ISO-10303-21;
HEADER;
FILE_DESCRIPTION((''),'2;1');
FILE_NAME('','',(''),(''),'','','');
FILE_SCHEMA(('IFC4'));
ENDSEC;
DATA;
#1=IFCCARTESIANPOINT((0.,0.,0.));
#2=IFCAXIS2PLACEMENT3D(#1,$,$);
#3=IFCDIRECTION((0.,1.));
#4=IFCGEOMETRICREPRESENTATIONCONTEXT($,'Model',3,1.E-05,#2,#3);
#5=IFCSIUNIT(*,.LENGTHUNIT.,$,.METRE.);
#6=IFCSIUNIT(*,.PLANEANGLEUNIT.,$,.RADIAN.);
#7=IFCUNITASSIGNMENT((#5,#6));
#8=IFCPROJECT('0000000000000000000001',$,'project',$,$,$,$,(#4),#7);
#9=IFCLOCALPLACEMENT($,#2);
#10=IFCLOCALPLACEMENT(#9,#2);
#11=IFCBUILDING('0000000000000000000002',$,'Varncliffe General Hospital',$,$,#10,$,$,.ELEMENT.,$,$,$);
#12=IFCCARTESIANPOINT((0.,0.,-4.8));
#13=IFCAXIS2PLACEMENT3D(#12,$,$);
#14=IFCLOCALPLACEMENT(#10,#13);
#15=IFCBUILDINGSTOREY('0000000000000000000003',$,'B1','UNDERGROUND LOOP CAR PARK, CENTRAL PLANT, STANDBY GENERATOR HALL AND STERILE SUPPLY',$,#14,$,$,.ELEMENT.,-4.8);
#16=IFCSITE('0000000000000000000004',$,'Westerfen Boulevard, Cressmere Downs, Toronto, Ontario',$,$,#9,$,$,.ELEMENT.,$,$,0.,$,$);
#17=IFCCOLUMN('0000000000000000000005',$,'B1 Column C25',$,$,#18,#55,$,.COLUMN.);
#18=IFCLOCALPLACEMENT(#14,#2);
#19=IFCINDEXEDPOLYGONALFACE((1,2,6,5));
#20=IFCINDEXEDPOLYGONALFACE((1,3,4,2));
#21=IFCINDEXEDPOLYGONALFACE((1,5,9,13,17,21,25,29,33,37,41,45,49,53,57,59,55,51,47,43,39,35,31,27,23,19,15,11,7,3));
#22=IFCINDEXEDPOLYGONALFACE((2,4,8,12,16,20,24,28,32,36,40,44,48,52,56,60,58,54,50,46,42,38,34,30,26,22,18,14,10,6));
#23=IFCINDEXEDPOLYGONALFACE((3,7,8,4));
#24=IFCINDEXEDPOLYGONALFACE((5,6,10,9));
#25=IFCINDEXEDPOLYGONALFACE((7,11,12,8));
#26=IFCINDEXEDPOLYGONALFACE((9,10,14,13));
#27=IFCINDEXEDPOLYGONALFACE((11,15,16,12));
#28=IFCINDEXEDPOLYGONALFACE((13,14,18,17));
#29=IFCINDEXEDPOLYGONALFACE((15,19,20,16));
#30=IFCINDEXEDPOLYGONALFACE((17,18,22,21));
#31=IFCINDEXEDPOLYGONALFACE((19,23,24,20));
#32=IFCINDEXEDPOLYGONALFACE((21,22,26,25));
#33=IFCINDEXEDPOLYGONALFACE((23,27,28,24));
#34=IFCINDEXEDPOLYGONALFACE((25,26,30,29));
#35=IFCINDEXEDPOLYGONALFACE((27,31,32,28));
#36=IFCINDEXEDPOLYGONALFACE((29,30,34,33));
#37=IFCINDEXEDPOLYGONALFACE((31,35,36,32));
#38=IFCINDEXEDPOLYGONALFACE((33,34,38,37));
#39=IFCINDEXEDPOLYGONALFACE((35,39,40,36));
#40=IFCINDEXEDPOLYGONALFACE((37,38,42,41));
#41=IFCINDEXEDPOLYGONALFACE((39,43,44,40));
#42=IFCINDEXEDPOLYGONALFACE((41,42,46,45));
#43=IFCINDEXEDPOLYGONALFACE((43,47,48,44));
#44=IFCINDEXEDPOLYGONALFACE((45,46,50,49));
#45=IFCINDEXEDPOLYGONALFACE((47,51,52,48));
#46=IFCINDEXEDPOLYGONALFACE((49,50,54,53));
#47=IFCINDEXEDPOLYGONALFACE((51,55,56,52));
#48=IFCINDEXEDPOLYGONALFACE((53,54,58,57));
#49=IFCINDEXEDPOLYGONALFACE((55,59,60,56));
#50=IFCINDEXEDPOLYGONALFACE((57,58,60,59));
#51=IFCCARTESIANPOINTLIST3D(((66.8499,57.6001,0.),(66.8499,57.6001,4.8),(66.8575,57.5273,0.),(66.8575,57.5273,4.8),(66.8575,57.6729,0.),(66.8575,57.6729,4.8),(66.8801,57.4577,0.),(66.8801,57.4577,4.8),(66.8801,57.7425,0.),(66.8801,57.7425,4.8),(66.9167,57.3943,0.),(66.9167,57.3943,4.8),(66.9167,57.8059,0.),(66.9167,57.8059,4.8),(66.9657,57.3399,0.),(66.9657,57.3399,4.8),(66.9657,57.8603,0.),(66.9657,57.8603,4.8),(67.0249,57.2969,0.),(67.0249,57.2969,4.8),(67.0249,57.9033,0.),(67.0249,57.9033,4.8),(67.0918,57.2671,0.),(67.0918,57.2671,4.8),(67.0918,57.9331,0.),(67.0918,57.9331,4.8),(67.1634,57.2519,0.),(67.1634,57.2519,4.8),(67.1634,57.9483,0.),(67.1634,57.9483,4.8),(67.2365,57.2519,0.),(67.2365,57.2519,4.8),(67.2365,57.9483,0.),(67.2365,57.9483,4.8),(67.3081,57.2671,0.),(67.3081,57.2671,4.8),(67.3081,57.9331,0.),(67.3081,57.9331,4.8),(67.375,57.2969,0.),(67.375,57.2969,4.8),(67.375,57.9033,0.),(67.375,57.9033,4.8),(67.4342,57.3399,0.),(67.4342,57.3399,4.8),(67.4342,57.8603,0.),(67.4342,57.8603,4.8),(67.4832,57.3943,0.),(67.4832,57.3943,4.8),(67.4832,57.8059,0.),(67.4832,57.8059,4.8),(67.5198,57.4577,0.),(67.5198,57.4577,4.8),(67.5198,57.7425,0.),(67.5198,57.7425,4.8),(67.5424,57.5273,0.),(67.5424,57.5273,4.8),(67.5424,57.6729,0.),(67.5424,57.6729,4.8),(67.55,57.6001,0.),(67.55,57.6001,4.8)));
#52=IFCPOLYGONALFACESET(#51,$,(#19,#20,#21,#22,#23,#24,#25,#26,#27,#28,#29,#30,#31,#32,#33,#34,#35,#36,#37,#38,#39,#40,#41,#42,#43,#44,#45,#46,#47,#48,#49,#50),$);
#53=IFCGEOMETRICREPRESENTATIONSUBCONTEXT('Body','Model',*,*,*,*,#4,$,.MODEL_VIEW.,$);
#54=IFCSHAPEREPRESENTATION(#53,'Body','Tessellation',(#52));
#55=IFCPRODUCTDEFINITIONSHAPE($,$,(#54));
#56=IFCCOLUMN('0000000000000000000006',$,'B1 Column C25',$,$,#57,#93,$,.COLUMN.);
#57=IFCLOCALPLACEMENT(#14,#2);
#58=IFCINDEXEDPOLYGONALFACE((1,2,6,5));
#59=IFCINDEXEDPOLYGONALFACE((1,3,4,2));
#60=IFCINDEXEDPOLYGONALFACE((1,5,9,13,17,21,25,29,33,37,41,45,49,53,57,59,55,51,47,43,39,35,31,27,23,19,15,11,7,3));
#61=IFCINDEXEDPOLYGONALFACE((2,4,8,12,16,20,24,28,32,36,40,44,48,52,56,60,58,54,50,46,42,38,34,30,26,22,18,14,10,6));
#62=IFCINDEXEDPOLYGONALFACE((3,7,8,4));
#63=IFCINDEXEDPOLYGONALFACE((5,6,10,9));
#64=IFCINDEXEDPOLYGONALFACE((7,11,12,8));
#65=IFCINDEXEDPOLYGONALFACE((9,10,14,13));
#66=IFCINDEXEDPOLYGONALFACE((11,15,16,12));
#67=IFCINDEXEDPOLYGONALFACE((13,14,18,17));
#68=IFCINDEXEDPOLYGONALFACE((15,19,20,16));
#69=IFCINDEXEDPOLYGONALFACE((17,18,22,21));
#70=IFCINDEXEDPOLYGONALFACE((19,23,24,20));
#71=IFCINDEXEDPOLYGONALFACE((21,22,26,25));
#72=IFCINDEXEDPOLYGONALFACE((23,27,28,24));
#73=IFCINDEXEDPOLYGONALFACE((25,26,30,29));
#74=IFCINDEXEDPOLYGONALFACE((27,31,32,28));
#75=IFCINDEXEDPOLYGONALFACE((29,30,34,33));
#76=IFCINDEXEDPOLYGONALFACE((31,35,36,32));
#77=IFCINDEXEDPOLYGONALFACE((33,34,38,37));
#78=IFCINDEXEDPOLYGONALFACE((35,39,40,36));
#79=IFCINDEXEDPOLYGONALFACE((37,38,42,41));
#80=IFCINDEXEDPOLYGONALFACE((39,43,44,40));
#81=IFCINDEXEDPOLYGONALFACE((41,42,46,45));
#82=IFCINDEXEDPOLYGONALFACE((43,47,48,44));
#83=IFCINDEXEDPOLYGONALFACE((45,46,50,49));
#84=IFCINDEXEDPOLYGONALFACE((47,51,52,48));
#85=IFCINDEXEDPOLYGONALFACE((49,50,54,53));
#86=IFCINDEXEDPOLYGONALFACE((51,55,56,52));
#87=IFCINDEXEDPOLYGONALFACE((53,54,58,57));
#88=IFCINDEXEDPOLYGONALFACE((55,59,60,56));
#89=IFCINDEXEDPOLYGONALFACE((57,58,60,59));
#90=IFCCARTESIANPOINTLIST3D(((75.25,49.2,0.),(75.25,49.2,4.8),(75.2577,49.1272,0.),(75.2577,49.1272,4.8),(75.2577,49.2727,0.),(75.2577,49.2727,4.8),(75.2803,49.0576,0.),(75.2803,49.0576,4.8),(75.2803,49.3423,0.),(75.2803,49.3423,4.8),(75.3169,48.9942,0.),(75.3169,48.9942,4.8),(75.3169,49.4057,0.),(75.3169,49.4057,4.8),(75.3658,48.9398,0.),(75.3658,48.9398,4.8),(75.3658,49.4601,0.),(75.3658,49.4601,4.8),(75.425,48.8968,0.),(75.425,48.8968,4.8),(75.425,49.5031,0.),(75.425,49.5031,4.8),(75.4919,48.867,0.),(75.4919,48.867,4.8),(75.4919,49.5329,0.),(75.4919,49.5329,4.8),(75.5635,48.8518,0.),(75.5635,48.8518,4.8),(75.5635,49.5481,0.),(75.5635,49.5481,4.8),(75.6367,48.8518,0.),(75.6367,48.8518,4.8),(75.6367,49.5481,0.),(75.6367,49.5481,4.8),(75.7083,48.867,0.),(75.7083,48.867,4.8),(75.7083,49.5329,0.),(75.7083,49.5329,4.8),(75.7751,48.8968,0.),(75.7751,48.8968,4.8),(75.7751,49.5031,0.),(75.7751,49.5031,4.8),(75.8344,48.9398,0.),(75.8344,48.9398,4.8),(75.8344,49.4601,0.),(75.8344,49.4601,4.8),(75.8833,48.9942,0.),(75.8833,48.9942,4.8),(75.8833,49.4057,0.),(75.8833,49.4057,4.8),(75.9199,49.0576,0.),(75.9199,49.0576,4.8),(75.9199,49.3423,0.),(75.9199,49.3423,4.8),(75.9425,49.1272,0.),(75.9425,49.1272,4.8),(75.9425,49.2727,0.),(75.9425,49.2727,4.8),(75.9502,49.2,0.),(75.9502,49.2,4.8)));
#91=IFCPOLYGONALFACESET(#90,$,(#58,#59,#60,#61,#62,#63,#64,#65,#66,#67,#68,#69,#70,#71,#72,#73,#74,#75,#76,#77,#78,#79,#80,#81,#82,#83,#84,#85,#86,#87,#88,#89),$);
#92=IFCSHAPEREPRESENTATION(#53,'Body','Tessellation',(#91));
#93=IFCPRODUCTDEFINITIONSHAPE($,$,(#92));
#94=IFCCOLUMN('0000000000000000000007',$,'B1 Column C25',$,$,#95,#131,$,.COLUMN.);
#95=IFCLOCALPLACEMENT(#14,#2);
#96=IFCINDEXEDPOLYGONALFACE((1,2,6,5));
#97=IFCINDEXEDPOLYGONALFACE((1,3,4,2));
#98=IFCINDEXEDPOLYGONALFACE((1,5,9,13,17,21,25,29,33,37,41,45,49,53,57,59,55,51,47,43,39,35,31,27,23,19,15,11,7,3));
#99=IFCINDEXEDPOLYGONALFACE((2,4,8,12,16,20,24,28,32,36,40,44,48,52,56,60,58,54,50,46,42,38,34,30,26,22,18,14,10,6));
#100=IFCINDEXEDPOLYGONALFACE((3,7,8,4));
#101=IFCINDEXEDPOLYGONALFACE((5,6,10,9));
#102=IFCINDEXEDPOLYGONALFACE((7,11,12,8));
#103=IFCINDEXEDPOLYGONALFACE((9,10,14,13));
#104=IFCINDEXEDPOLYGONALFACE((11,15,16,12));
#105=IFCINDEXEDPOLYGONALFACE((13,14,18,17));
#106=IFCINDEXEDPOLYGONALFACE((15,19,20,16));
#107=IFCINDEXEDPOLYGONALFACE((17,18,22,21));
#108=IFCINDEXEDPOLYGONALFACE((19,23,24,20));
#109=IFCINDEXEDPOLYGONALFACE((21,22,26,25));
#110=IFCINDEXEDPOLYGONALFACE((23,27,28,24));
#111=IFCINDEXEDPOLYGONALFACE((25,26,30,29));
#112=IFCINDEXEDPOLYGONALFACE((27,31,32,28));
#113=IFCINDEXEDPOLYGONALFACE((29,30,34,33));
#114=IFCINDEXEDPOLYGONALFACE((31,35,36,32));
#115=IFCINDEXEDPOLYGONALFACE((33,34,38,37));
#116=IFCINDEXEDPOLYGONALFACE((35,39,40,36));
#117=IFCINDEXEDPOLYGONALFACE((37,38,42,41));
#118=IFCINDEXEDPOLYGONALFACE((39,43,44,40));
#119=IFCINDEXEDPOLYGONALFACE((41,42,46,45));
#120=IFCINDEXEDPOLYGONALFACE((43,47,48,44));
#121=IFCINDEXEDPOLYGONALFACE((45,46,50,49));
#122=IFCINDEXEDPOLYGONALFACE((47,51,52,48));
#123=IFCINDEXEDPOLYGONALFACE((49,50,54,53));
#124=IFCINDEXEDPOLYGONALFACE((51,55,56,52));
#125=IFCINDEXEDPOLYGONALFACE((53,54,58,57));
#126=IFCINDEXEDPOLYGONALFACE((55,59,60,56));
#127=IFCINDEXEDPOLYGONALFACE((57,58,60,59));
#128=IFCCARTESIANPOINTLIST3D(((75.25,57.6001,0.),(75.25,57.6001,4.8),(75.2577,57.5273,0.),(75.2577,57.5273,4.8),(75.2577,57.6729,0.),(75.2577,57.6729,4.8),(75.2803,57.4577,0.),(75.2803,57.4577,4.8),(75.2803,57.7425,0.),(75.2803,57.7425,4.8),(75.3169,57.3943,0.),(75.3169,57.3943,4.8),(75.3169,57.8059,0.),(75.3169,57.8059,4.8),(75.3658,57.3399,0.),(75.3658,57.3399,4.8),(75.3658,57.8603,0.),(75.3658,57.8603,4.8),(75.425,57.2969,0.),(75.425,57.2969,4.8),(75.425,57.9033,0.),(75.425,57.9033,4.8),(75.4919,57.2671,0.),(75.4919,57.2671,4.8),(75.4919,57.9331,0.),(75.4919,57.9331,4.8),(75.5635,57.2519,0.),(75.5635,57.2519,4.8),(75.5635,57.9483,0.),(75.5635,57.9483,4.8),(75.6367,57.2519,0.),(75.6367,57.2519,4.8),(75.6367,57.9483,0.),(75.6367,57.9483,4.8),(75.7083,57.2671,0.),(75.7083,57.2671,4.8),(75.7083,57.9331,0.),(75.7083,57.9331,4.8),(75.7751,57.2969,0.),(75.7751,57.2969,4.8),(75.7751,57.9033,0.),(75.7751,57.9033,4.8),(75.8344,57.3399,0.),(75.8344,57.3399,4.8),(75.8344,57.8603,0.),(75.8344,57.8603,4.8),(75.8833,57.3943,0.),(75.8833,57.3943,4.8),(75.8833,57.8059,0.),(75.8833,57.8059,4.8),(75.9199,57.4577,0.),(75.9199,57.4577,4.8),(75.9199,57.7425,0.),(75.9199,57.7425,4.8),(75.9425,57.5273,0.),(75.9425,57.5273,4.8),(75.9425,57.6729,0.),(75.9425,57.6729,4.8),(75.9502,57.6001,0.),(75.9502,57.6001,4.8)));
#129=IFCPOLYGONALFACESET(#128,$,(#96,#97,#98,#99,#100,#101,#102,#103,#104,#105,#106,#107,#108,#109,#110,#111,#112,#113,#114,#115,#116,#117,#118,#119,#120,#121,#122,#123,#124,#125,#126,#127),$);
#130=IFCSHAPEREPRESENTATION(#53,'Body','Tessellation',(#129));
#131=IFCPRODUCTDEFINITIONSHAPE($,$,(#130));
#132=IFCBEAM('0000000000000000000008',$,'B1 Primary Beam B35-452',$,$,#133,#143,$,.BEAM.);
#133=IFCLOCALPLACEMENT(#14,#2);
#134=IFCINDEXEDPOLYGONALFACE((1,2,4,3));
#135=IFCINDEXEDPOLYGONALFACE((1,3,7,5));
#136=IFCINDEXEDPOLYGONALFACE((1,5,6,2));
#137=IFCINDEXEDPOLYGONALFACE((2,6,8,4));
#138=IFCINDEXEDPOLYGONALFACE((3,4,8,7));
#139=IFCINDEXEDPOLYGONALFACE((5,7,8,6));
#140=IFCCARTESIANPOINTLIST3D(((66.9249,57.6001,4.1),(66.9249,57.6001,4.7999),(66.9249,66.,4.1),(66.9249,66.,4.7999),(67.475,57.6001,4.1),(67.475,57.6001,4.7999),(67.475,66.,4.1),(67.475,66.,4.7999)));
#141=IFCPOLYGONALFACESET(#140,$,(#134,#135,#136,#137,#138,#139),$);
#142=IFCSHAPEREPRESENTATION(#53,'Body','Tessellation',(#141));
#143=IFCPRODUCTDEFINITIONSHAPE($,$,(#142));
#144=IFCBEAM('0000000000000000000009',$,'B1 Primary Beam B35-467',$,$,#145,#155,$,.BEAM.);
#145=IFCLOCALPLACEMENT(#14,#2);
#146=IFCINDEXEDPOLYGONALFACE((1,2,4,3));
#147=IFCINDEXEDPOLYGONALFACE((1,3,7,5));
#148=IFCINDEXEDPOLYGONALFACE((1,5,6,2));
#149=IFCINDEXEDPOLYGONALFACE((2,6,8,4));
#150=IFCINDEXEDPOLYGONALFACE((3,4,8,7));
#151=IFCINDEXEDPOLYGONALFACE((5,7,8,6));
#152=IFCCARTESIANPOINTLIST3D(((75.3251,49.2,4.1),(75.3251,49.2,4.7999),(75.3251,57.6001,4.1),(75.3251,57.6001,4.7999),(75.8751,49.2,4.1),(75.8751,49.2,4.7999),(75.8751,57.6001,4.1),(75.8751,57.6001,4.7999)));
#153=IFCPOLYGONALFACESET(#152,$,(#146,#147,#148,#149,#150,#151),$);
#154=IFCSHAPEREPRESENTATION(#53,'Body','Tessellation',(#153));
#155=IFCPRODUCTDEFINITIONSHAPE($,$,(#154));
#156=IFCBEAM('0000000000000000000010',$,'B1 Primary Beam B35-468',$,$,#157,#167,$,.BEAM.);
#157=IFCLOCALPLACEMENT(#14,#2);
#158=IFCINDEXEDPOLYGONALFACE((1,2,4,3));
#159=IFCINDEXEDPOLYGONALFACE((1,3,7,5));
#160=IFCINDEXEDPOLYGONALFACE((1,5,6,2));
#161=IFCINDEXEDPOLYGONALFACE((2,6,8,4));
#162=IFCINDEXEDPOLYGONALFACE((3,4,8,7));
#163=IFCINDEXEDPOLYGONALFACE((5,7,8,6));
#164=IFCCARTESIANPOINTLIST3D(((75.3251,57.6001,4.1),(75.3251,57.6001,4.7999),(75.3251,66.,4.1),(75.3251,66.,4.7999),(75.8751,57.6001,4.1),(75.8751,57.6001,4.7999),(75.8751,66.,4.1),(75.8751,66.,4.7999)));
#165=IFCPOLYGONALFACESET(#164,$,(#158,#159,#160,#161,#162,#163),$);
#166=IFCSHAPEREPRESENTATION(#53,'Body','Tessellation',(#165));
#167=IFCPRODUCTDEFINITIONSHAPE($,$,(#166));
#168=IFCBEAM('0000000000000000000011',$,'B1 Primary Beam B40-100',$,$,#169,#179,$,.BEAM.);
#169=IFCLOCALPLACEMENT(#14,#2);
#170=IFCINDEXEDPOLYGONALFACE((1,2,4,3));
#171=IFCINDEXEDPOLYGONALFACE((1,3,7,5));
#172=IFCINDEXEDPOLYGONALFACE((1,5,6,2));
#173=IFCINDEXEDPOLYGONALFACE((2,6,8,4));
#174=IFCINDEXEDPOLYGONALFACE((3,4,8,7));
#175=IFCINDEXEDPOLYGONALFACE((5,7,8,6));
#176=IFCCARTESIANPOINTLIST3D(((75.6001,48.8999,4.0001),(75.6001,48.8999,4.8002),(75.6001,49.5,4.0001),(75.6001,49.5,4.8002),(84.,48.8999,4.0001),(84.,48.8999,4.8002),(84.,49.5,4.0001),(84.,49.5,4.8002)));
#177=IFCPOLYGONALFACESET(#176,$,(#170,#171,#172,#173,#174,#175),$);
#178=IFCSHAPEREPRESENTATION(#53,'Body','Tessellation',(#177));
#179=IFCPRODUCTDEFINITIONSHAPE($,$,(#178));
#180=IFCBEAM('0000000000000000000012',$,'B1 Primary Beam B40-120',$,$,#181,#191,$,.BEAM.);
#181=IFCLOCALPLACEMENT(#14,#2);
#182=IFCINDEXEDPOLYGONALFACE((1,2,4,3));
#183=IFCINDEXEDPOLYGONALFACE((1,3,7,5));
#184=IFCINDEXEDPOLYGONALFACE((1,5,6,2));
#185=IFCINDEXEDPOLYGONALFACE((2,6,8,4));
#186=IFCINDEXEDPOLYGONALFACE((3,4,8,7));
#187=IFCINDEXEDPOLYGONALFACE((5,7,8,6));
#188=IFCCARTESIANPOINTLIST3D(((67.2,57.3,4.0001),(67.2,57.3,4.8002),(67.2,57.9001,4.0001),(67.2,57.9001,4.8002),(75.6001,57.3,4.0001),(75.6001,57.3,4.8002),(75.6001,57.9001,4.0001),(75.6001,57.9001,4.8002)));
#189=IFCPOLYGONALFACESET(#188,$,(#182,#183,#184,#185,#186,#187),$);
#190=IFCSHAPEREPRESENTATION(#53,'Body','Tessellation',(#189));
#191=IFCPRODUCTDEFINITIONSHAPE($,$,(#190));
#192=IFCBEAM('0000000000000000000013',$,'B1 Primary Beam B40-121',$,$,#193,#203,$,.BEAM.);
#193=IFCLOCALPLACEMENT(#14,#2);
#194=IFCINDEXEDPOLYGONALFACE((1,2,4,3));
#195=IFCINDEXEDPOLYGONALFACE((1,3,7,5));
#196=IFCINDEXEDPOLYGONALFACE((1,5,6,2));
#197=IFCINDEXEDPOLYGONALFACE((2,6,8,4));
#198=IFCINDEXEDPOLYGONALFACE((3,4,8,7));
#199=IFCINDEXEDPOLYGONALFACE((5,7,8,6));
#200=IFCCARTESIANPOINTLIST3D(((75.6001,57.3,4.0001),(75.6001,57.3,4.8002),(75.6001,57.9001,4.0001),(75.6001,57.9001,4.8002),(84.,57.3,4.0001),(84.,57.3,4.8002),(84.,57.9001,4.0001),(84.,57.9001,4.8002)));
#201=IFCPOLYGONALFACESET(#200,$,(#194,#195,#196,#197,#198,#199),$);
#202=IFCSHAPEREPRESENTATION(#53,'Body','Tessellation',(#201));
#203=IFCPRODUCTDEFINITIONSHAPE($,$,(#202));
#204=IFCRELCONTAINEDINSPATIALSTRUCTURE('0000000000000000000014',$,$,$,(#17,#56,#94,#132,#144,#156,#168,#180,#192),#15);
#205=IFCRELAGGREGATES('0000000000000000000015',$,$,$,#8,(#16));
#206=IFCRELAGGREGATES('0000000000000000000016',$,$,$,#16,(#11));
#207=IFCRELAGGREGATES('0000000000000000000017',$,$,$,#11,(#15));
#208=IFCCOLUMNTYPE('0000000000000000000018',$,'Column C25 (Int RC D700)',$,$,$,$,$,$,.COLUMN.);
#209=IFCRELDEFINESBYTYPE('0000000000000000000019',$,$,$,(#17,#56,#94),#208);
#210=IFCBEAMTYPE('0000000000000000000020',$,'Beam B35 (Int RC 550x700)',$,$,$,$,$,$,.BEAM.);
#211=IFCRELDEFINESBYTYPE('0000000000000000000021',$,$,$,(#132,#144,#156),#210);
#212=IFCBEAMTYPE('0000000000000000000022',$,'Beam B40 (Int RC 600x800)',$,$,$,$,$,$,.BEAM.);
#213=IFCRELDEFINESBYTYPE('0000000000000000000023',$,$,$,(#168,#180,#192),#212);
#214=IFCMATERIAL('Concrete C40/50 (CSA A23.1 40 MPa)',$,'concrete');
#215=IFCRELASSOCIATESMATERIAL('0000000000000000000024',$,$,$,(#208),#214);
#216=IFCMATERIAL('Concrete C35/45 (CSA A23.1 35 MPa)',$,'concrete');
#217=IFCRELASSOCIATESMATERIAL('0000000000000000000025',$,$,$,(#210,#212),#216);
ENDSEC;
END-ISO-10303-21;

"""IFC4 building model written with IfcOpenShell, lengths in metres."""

from ifc_helpers import new_model, si_unit, direction, frame, origin, origin_2d, place, context, subcontext, project, spatial, rectangle, circle, extrude, material, material_profile, profile_set, type_object, element, save


model = new_model("IFC4")

# Units and contexts
model_context = context("Model", 3, precision=1e-05, world=origin(), true_north=direction((0.0, 1.0)))
body_context = subcontext(model_context, "Body", "Model", "MODEL_VIEW")
ifc_project = project(units=[si_unit("LENGTHUNIT", "METRE"), si_unit("PLANEANGLEUNIT", "RADIAN")], contexts=[model_context])

# Site, building, storey
site_placement = place(None, origin())
site = spatial("IfcSite", under=ifc_project, at=site_placement, Name="Westerfen Boulevard, Cressmere Downs, Toronto, Ontario", CompositionType="ELEMENT", RefElevation=0.0)
building_placement = place(site_placement, origin())
building = spatial("IfcBuilding", under=site, at=building_placement, Name="Varncliffe General Hospital", CompositionType="ELEMENT")
storey_placement = place(building_placement, frame((0.0, 0.0, -4.8)))
storey = spatial("IfcBuildingStorey", under=building, at=storey_placement, Name="B1", Description="UNDERGROUND LOOP CAR PARK, CENTRAL PLANT, STANDBY GENERATOR HALL AND STERILE SUPPLY", CompositionType="ELEMENT", Elevation=-4.8)

# Shared definitions
ifc_material_1 = material(Name="Concrete C40/50 (CSA A23.1 40 MPa)", Category="concrete")

# Columns
ifc_material_profile_1 = material_profile(ifc_material_1, circle(Radius=0.3501, at=origin_2d()), Name="RC D700")
ifc_profile_set_1 = profile_set([ifc_material_profile_1], Name="Concrete C40/50 (CSA A23.1 40 MPa)")
column_type = type_object("IfcColumnType", Name="Column C25 (Int RC D700)", PredefinedType="COLUMN", material=ifc_profile_set_1)
for number, where, z_axis, x_axis, name in (
    (1, (67.2, 57.6001, 0.0), (0.0, 0.0, 1.0), (1.0, 0.0, 0.0), "B1 Column C25"),
    (2, (75.6001, 49.2, 0.0), (0.0, 0.0, 1.0), (1.0, 0.0, 0.0), "B1 Column C25"),
    (3, (75.6001, 57.6001, 0.0), (0.0, 0.0, 1.0), (1.0, 0.0, 0.0), "B1 Column C25"),
):
    element("IfcColumn", number, at=place(storey_placement, frame(where, z_axis=z_axis, x_axis=x_axis)), inside=storey, type_object=column_type, Name=name, PredefinedType="COLUMN", context=body_context, shape_type="SweptSolid", body=[
        extrude(circle(Radius=0.3501, at=origin_2d()), origin(), (0.0, 0.0, 1.0), 4.8),
    ])

# Beams
ifc_material_2 = material(Name="Concrete C35/45 (CSA A23.1 35 MPa)", Category="concrete")
ifc_material_profile_2 = material_profile(ifc_material_2, rectangle(XDim=0.55, YDim=0.7, at=origin_2d()), Name="RC 550x700")
ifc_profile_set_2 = profile_set([ifc_material_profile_2], Name="Concrete C35/45 (CSA A23.1 35 MPa)")
beam_type_1 = type_object("IfcBeamType", Name="Beam B35 (Int RC 550x700)", PredefinedType="BEAM", material=ifc_profile_set_2)
beam_1_placement = place(storey_placement, frame((67.2, 57.6001, 4.45), z_axis=(0.0, 1.0, 0.0), x_axis=(-1.0, 0.0, 0.0)))
element("IfcBeam", 4, at=beam_1_placement, inside=storey, type_object=beam_type_1, Name="B1 Primary Beam B35-452", PredefinedType="BEAM", context=body_context, shape_type="SweptSolid", body=[
    extrude(rectangle(XDim=0.55, YDim=0.7, at=origin_2d()), origin(), (0.0, 0.0, 1.0), 8.3999),
])
beam_2_placement = place(storey_placement, frame((75.6001, 49.2, 4.45), z_axis=(0.0, 1.0, 0.0), x_axis=(-1.0, 0.0, 0.0)))
element("IfcBeam", 5, at=beam_2_placement, inside=storey, type_object=beam_type_1, Name="B1 Primary Beam B35-467", PredefinedType="BEAM", context=body_context, shape_type="SweptSolid", body=[
    extrude(rectangle(XDim=0.55, YDim=0.7, at=origin_2d()), origin(), (0.0, 0.0, 1.0), 8.4001),
])
beam_3_placement = place(storey_placement, frame((75.6001, 57.6001, 4.45), z_axis=(0.0, 1.0, 0.0), x_axis=(-1.0, 0.0, 0.0)))
element("IfcBeam", 6, at=beam_3_placement, inside=storey, type_object=beam_type_1, Name="B1 Primary Beam B35-468", PredefinedType="BEAM", context=body_context, shape_type="SweptSolid", body=[
    extrude(rectangle(XDim=0.55, YDim=0.7, at=origin_2d()), origin(), (0.0, 0.0, 1.0), 8.3999),
])
ifc_material_profile_3 = material_profile(ifc_material_2, rectangle(XDim=0.6001, YDim=0.8, at=origin_2d()), Name="RC 600x800")
ifc_profile_set_3 = profile_set([ifc_material_profile_3], Name="Concrete C35/45 (CSA A23.1 35 MPa)")
beam_type_2 = type_object("IfcBeamType", Name="Beam B40 (Int RC 600x800)", PredefinedType="BEAM", material=ifc_profile_set_3)
beam_4_placement = place(storey_placement, frame((75.6001, 49.2, 4.4001), z_axis=(1.0, 0.0, 0.0), x_axis=(0.0, 1.0, 0.0)))
element("IfcBeam", 7, at=beam_4_placement, inside=storey, type_object=beam_type_2, Name="B1 Primary Beam B40-100", PredefinedType="BEAM", context=body_context, shape_type="SweptSolid", body=[
    extrude(rectangle(XDim=0.6001, YDim=0.8, at=origin_2d()), origin(), (0.0, 0.0, 1.0), 8.3999),
])
beam_5_placement = place(storey_placement, frame((67.2, 57.6001, 4.4001), z_axis=(1.0, 0.0, 0.0), x_axis=(0.0, 1.0, 0.0)))
element("IfcBeam", 8, at=beam_5_placement, inside=storey, type_object=beam_type_2, Name="B1 Primary Beam B40-120", PredefinedType="BEAM", context=body_context, shape_type="SweptSolid", body=[
    extrude(rectangle(XDim=0.6001, YDim=0.8, at=origin_2d()), origin(), (0.0, 0.0, 1.0), 8.4001),
])
beam_6_placement = place(storey_placement, frame((75.6001, 57.6001, 4.4001), z_axis=(1.0, 0.0, 0.0), x_axis=(0.0, 1.0, 0.0)))
element("IfcBeam", 9, at=beam_6_placement, inside=storey, type_object=beam_type_2, Name="B1 Primary Beam B40-121", PredefinedType="BEAM", context=body_context, shape_type="SweptSolid", body=[
    extrude(rectangle(XDim=0.6001, YDim=0.8, at=origin_2d()), origin(), (0.0, 0.0, 1.0), 8.3999),
])

save(model, "model.ifc")
